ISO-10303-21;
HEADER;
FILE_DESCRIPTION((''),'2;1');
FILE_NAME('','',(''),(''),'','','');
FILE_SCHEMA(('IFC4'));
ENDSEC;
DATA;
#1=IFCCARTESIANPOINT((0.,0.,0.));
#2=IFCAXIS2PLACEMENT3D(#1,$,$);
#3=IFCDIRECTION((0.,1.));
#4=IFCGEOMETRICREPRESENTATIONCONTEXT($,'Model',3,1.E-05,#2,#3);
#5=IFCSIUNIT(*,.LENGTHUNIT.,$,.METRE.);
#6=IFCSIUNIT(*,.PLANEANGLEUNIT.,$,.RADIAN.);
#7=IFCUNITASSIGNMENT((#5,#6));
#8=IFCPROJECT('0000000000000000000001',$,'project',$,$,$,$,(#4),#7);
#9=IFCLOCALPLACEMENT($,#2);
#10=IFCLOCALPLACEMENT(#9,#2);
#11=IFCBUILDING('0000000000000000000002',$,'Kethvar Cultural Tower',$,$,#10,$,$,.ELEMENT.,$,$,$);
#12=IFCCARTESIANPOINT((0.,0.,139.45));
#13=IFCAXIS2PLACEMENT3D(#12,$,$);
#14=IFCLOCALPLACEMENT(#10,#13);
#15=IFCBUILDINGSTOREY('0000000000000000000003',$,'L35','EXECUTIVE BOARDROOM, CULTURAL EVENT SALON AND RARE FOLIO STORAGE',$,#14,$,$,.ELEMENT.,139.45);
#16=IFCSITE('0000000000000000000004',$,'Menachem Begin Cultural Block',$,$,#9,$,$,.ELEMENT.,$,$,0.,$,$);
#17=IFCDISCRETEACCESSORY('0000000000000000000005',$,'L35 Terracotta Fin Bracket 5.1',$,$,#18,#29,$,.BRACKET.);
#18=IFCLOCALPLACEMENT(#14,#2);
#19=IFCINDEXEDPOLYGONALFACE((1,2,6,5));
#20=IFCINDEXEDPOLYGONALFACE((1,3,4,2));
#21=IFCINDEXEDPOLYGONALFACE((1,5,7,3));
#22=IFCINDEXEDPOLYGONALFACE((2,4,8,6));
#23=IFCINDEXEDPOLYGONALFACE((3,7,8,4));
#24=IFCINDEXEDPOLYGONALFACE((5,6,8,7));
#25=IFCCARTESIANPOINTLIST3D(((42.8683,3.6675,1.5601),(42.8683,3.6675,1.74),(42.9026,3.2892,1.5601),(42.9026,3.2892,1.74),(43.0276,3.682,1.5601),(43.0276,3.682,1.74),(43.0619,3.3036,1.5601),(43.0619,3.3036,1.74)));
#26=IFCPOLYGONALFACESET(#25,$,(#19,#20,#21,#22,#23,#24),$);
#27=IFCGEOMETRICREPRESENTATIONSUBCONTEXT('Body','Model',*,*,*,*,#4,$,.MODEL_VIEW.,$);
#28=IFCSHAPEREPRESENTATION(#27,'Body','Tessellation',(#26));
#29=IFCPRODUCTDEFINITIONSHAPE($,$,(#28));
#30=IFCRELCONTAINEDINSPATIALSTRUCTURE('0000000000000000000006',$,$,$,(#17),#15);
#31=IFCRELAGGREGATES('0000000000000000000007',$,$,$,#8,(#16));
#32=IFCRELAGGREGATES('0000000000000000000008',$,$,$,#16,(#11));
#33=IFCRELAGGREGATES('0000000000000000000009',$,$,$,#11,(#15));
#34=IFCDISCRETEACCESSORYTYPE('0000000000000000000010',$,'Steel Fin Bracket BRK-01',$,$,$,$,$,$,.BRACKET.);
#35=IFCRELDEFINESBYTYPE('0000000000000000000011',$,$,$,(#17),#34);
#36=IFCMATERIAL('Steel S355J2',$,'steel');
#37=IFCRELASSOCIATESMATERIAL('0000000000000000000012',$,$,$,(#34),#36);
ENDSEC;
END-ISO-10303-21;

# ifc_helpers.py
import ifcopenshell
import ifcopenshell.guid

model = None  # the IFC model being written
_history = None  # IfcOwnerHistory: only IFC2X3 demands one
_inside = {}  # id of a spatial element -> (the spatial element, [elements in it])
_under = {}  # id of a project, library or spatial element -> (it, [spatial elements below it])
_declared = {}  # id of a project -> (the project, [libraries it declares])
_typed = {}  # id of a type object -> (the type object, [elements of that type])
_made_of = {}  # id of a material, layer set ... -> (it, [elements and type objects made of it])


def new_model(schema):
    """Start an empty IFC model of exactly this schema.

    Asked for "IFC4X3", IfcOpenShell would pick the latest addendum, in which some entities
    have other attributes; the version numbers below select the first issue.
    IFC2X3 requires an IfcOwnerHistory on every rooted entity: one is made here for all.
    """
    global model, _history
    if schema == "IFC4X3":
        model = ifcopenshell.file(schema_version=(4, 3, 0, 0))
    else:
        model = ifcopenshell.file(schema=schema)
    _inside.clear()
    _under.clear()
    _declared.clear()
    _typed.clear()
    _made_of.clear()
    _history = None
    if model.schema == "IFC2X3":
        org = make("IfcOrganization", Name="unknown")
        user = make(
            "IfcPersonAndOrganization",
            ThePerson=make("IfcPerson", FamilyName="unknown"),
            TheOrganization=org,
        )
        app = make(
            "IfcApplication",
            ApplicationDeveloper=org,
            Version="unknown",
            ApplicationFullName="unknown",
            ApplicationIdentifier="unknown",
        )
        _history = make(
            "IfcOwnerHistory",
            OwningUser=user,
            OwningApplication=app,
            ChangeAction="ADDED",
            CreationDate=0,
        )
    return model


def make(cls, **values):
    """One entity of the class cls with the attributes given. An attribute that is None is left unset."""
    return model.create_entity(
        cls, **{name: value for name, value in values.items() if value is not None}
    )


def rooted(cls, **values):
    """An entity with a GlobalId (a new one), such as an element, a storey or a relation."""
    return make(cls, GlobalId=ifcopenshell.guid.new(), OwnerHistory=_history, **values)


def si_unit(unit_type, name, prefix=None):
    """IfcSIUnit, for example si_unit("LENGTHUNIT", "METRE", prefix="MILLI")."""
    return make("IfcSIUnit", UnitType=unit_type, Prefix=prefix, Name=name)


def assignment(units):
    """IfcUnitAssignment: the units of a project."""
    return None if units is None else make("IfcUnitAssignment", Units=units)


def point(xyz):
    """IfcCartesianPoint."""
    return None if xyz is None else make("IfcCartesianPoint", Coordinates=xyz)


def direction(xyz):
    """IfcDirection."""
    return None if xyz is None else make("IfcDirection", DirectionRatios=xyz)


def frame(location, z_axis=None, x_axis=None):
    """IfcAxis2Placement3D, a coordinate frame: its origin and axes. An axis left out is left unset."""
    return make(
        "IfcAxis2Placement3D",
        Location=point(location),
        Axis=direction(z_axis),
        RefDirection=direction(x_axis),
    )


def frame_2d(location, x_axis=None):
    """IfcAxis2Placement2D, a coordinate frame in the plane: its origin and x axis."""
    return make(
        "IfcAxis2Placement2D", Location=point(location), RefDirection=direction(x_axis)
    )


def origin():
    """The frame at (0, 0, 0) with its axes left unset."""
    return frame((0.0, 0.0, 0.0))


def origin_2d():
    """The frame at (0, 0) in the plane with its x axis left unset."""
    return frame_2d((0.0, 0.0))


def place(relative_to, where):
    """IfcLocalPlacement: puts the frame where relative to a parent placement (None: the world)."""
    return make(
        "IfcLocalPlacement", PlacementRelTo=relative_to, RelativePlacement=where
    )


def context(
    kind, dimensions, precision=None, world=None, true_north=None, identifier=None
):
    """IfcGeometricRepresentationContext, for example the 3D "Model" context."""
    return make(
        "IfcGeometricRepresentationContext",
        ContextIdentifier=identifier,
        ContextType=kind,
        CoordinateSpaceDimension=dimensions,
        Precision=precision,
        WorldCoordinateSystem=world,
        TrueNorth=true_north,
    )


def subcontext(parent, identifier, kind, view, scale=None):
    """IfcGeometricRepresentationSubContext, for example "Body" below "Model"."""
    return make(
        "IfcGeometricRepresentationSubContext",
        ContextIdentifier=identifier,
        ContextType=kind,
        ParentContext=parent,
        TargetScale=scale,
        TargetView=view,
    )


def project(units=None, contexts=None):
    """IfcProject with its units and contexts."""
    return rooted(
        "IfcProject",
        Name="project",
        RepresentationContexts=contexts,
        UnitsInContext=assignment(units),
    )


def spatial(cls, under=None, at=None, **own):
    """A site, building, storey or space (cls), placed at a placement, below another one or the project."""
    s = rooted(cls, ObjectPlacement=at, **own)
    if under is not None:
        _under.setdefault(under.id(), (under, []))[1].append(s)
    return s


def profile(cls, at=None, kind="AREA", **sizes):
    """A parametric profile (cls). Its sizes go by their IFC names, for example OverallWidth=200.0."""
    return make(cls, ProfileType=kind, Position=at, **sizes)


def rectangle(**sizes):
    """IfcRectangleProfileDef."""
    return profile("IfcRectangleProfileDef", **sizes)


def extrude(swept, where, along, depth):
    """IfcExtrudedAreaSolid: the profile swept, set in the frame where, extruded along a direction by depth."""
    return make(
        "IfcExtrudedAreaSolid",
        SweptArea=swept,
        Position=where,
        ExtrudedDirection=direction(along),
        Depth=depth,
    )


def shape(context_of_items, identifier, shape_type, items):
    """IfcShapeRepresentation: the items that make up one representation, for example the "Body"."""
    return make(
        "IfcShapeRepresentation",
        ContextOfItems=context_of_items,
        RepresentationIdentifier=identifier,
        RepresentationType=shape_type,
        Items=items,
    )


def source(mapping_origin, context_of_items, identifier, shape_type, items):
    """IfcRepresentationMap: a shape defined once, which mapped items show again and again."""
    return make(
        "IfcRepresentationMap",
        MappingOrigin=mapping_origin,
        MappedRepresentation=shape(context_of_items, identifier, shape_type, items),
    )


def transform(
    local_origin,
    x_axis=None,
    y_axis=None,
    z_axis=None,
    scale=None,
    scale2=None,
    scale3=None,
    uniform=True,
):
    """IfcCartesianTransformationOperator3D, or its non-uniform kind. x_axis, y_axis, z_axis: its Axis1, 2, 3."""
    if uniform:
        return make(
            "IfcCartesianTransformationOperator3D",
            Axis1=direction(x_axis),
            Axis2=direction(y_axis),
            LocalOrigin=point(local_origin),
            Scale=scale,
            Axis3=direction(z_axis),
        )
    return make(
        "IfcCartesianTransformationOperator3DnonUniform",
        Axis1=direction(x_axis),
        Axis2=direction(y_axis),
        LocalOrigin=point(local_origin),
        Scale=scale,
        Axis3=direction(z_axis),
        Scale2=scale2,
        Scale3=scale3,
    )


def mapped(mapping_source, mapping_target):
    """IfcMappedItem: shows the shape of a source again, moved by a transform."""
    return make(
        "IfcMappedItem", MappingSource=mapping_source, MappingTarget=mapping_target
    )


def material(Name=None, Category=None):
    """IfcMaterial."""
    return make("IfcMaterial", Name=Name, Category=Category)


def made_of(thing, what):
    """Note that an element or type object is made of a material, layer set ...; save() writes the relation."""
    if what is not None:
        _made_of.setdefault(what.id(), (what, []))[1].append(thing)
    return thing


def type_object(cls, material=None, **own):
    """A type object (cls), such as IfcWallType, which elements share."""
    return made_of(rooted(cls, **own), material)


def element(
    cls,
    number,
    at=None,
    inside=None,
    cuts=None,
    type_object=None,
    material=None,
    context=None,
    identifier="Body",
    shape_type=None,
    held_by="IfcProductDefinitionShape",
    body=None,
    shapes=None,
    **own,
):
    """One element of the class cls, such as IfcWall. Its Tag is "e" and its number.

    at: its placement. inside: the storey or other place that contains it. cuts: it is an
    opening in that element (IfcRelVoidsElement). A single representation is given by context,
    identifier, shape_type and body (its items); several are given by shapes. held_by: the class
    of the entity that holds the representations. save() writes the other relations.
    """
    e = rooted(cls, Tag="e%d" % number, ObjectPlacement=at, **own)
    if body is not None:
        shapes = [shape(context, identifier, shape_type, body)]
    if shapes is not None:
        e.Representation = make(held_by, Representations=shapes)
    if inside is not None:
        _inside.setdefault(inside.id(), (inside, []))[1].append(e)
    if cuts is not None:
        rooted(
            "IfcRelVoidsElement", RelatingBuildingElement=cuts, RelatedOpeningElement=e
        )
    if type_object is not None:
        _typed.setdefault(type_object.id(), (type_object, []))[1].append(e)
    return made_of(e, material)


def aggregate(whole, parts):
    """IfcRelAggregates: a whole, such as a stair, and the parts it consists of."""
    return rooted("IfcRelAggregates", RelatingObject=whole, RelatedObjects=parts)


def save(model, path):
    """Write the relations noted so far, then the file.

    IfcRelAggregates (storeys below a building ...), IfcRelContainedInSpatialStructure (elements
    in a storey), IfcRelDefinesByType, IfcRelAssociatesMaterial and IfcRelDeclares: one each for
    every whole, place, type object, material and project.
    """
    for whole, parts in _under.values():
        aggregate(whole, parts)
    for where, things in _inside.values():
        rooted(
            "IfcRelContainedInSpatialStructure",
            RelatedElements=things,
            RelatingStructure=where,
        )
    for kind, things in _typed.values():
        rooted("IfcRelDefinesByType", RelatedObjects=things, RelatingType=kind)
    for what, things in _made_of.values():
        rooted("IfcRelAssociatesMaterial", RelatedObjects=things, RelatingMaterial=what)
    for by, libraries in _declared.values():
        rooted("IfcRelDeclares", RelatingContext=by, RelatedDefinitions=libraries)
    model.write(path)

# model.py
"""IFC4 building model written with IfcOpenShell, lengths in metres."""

from ifc_helpers import new_model, si_unit, direction, frame, origin, origin_2d, place, context, subcontext, project, spatial, rectangle, extrude, source, transform, mapped, material, type_object, element, save


model = new_model("IFC4")

# Units and contexts
model_context = context("Model", 3, precision=1e-05, world=origin(), true_north=direction((0.0, 1.0)))
body_context = subcontext(model_context, "Body", "Model", "MODEL_VIEW")
ifc_project = project(units=[si_unit("LENGTHUNIT", "METRE"), si_unit("PLANEANGLEUNIT", "RADIAN")], contexts=[model_context])

# Site, building, storey
site_placement = place(None, origin())
site = spatial("IfcSite", under=ifc_project, at=site_placement, Name="Menachem Begin Cultural Block", CompositionType="ELEMENT", RefElevation=0.0)
building_placement = place(site_placement, origin())
building = spatial("IfcBuilding", under=site, at=building_placement, Name="Kethvar Cultural Tower", CompositionType="ELEMENT")
storey_placement = place(building_placement, frame((0.0, 0.0, 139.45)))
storey = spatial("IfcBuildingStorey", under=building, at=storey_placement, Name="L35", Description="EXECUTIVE BOARDROOM, CULTURAL EVENT SALON AND RARE FOLIO STORAGE", CompositionType="ELEMENT", Elevation=139.45)

# Shared definitions
ifc_material_1 = material(Name="Steel S355J2", Category="steel")

# Discrete accessory
discrete_accessory_type = type_object("IfcDiscreteAccessoryType", Name="Steel Fin Bracket BRK-01", PredefinedType="BRACKET", material=ifc_material_1)
shared_shape_1 = source(origin(), body_context, "Body", "SweptSolid", [
    extrude(rectangle(XDim=0.3799, YDim=0.1599, at=origin_2d()), origin(), (0.0, 0.0, 1.0), 0.1799),
])
for number, where, z_axis, x_axis, name in (
    (1, (42.9651, 3.4856, 1.5601), (0.0, 0.0, 1.0), (0.090285, -0.995916, 0.0), "L35 Terracotta Fin Bracket 5.1"),
):
    element("IfcDiscreteAccessory", number, at=place(storey_placement, frame(where, z_axis=z_axis, x_axis=x_axis)), inside=storey, type_object=discrete_accessory_type, Name=name, PredefinedType="BRACKET", context=body_context, shape_type="MappedRepresentation", body=[
        mapped(shared_shape_1, transform((0.0, 0.0, 0.0), scale=1.0)),
    ])

save(model, "model.ifc")
